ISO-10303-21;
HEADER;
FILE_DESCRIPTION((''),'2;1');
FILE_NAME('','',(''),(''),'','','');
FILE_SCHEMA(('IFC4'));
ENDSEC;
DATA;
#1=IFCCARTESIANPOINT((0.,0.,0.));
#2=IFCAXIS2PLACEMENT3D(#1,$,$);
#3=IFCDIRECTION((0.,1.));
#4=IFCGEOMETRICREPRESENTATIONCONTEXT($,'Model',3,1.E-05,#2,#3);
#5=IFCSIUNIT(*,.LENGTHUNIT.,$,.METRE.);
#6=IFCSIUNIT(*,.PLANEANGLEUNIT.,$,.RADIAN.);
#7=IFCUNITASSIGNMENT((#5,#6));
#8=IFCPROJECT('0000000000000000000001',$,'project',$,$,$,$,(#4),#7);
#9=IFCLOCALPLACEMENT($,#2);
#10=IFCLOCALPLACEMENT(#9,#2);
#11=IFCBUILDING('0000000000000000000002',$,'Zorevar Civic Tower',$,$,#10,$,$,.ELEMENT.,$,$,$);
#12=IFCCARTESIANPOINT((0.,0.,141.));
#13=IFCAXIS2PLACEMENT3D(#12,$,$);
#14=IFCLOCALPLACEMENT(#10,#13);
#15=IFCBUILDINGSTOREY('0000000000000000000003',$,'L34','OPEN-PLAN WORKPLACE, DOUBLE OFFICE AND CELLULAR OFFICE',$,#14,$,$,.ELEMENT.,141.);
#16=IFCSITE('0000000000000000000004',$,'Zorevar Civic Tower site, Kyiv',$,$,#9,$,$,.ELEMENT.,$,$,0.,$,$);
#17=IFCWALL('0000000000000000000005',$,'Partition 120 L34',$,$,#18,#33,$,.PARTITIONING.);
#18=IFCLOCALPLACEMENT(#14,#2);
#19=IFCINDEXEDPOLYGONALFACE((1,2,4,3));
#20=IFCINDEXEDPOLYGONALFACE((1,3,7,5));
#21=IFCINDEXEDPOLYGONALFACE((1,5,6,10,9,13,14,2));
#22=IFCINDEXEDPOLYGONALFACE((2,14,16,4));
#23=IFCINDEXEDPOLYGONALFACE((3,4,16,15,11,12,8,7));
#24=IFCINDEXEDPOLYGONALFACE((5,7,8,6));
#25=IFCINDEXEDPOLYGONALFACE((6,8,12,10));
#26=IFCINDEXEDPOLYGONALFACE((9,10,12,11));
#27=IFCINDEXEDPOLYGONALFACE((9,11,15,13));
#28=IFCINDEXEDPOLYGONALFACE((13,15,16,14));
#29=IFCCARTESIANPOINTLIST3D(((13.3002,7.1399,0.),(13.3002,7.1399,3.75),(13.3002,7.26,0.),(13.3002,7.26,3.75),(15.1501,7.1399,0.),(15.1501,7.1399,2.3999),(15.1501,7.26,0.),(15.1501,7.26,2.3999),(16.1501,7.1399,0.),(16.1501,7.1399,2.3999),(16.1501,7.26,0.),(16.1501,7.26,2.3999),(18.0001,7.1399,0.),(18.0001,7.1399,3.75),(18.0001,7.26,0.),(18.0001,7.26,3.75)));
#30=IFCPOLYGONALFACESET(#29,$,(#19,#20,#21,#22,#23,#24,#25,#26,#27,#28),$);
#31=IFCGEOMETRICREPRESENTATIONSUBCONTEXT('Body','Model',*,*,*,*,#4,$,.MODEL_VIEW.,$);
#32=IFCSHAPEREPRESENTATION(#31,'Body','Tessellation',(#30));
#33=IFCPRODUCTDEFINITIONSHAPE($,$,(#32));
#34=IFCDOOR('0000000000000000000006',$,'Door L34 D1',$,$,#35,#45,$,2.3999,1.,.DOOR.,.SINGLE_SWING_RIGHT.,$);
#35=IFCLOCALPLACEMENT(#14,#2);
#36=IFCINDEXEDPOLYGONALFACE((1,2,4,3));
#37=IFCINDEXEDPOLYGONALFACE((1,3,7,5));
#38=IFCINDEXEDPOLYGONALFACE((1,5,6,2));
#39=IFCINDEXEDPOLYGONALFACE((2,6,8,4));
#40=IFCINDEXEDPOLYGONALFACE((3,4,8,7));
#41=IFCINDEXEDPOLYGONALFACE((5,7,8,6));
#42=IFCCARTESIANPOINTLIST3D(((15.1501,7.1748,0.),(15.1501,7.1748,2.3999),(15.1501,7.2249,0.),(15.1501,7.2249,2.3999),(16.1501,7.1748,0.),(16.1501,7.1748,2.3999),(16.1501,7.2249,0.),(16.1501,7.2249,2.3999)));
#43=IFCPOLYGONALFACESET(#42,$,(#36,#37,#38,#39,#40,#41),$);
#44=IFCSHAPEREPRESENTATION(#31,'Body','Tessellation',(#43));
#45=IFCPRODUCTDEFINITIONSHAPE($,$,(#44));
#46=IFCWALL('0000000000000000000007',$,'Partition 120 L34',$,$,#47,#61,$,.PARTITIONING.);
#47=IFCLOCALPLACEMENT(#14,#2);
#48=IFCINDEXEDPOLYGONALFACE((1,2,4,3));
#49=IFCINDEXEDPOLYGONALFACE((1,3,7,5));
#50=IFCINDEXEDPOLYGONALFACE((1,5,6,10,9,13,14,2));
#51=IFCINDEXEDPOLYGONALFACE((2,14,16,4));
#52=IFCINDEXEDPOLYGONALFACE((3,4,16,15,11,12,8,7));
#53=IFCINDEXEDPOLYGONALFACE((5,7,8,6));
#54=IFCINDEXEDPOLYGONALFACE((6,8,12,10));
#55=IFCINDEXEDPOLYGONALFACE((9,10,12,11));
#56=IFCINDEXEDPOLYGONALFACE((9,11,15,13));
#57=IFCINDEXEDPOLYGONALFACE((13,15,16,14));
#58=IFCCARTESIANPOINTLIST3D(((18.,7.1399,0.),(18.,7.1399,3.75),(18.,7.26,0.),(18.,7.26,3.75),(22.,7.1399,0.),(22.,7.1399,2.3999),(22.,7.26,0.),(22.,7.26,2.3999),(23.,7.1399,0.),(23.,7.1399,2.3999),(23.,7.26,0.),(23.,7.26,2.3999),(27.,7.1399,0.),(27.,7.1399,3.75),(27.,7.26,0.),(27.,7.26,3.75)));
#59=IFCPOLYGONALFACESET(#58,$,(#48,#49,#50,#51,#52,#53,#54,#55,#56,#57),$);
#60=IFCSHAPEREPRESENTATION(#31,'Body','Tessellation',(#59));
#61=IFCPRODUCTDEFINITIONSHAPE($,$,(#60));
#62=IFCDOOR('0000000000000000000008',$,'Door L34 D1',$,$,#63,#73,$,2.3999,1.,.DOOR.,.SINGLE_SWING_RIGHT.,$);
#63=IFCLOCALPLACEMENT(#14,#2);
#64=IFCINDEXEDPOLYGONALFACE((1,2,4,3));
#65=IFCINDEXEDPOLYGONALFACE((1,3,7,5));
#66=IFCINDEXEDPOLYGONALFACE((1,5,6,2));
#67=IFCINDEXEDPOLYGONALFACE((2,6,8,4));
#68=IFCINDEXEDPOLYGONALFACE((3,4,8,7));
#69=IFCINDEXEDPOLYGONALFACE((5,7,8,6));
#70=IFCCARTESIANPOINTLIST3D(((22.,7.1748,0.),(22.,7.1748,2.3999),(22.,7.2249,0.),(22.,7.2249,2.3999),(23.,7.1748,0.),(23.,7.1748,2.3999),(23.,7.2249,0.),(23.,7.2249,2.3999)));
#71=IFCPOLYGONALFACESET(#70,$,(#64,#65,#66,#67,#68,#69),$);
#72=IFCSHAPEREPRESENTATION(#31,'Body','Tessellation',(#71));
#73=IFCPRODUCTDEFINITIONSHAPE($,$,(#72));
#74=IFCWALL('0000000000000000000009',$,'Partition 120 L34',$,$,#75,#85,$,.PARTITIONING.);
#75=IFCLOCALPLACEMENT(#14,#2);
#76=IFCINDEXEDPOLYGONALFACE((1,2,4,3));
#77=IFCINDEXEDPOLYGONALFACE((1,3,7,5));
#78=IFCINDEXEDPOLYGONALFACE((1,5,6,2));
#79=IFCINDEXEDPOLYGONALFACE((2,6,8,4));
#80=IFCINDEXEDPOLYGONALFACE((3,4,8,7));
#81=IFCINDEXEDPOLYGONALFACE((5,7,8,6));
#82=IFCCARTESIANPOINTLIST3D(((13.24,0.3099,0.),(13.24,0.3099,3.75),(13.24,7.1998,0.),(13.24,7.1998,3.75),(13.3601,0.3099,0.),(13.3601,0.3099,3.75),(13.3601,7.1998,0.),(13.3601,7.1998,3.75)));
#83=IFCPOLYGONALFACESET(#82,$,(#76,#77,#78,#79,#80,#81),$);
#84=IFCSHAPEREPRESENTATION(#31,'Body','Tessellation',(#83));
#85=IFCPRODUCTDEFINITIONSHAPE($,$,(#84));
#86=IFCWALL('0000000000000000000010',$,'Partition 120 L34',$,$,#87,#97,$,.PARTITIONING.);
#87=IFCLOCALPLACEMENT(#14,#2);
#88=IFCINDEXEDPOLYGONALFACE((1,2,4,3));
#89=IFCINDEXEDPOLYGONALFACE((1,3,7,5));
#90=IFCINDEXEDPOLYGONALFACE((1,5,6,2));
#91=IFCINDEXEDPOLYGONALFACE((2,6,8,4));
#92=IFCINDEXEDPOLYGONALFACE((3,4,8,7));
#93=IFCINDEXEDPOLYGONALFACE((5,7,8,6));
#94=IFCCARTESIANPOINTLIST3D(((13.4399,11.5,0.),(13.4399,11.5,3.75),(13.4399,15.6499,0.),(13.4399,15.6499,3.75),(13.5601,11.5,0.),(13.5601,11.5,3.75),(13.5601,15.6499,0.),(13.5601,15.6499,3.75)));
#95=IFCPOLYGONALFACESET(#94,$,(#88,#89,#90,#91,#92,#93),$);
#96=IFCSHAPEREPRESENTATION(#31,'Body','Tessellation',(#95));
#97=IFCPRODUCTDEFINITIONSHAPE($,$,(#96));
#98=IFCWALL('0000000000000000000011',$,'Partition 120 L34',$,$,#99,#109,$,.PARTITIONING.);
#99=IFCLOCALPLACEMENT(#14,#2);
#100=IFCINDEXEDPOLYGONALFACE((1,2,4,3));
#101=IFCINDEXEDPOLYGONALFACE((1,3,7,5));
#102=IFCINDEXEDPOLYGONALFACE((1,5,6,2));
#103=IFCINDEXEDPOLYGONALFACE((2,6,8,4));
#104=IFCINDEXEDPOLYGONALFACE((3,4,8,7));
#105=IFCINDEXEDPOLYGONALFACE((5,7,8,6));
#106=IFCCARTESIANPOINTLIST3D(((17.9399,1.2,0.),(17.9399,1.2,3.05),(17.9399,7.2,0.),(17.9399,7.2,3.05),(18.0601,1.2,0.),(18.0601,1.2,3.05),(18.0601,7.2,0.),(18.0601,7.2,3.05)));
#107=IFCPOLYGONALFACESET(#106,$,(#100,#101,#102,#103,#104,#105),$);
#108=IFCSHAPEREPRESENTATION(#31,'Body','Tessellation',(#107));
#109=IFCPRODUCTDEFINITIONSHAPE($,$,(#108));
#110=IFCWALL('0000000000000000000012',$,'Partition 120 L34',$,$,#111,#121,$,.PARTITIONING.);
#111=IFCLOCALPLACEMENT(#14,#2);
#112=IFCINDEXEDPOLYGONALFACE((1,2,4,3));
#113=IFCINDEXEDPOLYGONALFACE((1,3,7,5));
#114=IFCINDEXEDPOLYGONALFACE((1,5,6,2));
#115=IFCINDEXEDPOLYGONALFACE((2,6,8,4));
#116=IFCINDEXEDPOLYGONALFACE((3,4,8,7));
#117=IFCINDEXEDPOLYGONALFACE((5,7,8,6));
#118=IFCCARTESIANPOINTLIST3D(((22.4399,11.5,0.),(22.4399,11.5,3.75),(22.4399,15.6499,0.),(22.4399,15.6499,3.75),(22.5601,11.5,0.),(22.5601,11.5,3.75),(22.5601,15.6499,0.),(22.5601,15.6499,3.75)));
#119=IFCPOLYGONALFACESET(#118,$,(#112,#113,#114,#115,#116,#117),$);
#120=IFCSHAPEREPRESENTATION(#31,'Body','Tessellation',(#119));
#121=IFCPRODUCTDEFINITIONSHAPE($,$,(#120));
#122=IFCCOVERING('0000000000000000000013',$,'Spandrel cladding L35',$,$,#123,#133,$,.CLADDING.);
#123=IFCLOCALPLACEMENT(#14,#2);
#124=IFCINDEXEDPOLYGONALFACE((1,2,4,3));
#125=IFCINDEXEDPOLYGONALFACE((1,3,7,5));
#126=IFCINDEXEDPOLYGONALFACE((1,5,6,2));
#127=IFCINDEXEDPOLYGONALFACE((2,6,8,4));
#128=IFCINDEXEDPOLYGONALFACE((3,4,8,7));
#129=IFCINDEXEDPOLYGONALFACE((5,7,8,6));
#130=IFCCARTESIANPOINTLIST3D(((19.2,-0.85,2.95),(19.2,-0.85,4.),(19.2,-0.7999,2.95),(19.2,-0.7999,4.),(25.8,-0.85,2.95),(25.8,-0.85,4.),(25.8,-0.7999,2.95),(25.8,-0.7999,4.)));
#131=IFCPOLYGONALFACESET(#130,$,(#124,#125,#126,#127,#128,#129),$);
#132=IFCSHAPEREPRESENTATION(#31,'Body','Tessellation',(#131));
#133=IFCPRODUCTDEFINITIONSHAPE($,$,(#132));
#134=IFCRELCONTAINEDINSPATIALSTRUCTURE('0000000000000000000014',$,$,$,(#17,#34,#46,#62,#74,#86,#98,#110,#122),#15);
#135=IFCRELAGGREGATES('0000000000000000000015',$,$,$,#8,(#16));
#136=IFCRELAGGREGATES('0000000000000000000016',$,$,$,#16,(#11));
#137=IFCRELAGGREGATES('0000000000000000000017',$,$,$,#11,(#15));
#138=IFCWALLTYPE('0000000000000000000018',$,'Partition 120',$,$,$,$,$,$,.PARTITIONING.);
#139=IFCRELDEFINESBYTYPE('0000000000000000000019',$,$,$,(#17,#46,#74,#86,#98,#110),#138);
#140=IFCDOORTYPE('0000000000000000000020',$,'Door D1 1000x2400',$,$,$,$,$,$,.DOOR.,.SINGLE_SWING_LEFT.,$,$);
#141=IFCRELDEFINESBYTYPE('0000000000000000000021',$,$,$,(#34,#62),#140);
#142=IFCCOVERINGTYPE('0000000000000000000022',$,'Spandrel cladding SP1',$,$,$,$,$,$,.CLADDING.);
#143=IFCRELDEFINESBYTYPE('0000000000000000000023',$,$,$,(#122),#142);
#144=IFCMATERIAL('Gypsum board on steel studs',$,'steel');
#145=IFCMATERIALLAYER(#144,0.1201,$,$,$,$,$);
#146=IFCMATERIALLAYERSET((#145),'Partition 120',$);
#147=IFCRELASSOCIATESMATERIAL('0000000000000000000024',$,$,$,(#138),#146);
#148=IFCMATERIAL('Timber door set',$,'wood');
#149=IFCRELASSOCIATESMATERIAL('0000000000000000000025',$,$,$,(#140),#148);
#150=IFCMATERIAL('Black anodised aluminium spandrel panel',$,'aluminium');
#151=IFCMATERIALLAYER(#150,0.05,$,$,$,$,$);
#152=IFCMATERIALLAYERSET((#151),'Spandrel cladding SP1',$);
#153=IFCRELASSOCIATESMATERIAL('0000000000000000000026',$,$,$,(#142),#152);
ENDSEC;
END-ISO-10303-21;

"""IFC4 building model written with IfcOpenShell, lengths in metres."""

from ifc_helpers import new_model, si_unit, direction, frame, frame_2d, origin, place, context, subcontext, project, spatial, rectangle, extrude, material, layer, layer_set, type_object, element, fill, save


model = new_model("IFC4")

# Units and contexts
model_context = context("Model", 3, precision=1e-05, world=origin(), true_north=direction((0.0, 1.0)))
body_context = subcontext(model_context, "Body", "Model", "MODEL_VIEW")
ifc_project = project(units=[si_unit("LENGTHUNIT", "METRE"), si_unit("PLANEANGLEUNIT", "RADIAN")], contexts=[model_context])

# Site, building, storey
site_placement = place(None, origin())
site = spatial("IfcSite", under=ifc_project, at=site_placement, Name="Zorevar Civic Tower site, Kyiv", CompositionType="ELEMENT", RefElevation=0.0)
building_placement = place(site_placement, origin())
building = spatial("IfcBuilding", under=site, at=building_placement, Name="Zorevar Civic Tower", CompositionType="ELEMENT")
storey_placement = place(building_placement, frame((0.0, 0.0, 141.0)))
storey = spatial("IfcBuildingStorey", under=building, at=storey_placement, Name="L34", Description="OPEN-PLAN WORKPLACE, DOUBLE OFFICE AND CELLULAR OFFICE", CompositionType="ELEMENT", Elevation=141.0)

# Walls, openings, doors
ifc_material_1 = material(Name="Gypsum board on steel studs", Category="steel")
ifc_layer_1 = layer(ifc_material_1, 0.1201)
ifc_layer_set_1 = layer_set([ifc_layer_1], Name="Partition 120")
wall_type_1 = type_object("IfcWallType", Name="Partition 120", PredefinedType="PARTITIONING", material=ifc_layer_set_1)
wall_1_placement = place(storey_placement, frame((13.3, 7.2, 0.0), z_axis=(0.0, 0.0, 1.0), x_axis=(1.0, 0.0, 0.0)))
wall_1 = element("IfcWall", 1, at=wall_1_placement, inside=storey, type_object=wall_type_1, Name="Partition 120 L34", PredefinedType="PARTITIONING", context=body_context, shape_type="SweptSolid", body=[
    extrude(rectangle(XDim=4.7, YDim=0.1201, at=frame_2d((2.3501, 0.0))), origin(), (0.0, 0.0, 1.0), 3.75),
])
opening_1_placement = place(wall_1_placement, frame((1.8501, 0.0, 0.0)))
opening_1 = element("IfcOpeningElement", 2, at=opening_1_placement, cuts=wall_1, PredefinedType="OPENING", context=body_context, shape_type="SweptSolid", body=[
    extrude(rectangle(XDim=1.0, YDim=2.3999, at=frame_2d((0.5, 1.2))), frame((0.0, 0.0701, 0.0), z_axis=(0.0, -1.0, 0.0), x_axis=(1.0, 0.0, 0.0)), (0.0, 0.0, 1.0), 0.1401),
])
ifc_material_2 = material(Name="Timber door set", Category="wood")
door_type_1 = type_object("IfcDoorType", Name="Door D1 1000x2400", OperationType="SINGLE_SWING_LEFT", PredefinedType="DOOR", material=ifc_material_2)
door_1_placement = place(opening_1_placement, origin())
door_1 = element("IfcDoor", 3, at=door_1_placement, inside=storey, type_object=door_type_1, Name="Door L34 D1", OperationType="SINGLE_SWING_RIGHT", OverallHeight=2.3999, OverallWidth=1.0, PredefinedType="DOOR", context=body_context, shape_type="SweptSolid", body=[
    extrude(rectangle(XDim=1.0, YDim=2.3999, at=frame_2d((0.5, 1.2))), frame((0.0, 0.0249, 0.0), z_axis=(0.0, -1.0, 0.0), x_axis=(1.0, 0.0, 0.0)), (0.0, 0.0, 1.0), 0.05),
])
fill(opening_1, door_1)
wall_2_placement = place(storey_placement, frame((18.0, 7.2, 0.0), z_axis=(0.0, 0.0, 1.0), x_axis=(1.0, 0.0, 0.0)))
wall_2 = element("IfcWall", 4, at=wall_2_placement, inside=storey, type_object=wall_type_1, Name="Partition 120 L34", PredefinedType="PARTITIONING", context=body_context, shape_type="SweptSolid", body=[
    extrude(rectangle(XDim=9.0, YDim=0.1201, at=frame_2d((4.5, 0.0))), origin(), (0.0, 0.0, 1.0), 3.75),
])
opening_2_placement = place(wall_2_placement, frame((4.0, 0.0, 0.0)))
opening_2 = element("IfcOpeningElement", 5, at=opening_2_placement, cuts=wall_2, PredefinedType="OPENING", context=body_context, shape_type="SweptSolid", body=[
    extrude(rectangle(XDim=1.0, YDim=2.3999, at=frame_2d((0.5, 1.2))), frame((0.0, 0.0701, 0.0), z_axis=(0.0, -1.0, 0.0), x_axis=(1.0, 0.0, 0.0)), (0.0, 0.0, 1.0), 0.1401),
])
door_2_placement = place(opening_2_placement, origin())
door_2 = element("IfcDoor", 6, at=door_2_placement, inside=storey, type_object=door_type_1, Name="Door L34 D1", OperationType="SINGLE_SWING_RIGHT", OverallHeight=2.3999, OverallWidth=1.0, PredefinedType="DOOR", context=body_context, shape_type="SweptSolid", body=[
    extrude(rectangle(XDim=1.0, YDim=2.3999, at=frame_2d((0.5, 1.2))), frame((0.0, 0.0249, 0.0), z_axis=(0.0, -1.0, 0.0), x_axis=(1.0, 0.0, 0.0)), (0.0, 0.0, 1.0), 0.05),
])
fill(opening_2, door_2)

# Walls
wall_3_placement = place(storey_placement, frame((13.3, 0.3101, 0.0), z_axis=(0.0, 0.0, 1.0), x_axis=(0.0, 1.0, 0.0)))
element("IfcWall", 7, at=wall_3_placement, inside=storey, type_object=wall_type_1, Name="Partition 120 L34", PredefinedType="PARTITIONING", context=body_context, shape_type="SweptSolid", body=[
    extrude(rectangle(XDim=6.8899, YDim=0.1201, at=frame_2d((3.4448, 0.0))), origin(), (0.0, 0.0, 1.0), 3.75),
])
wall_4_placement = place(storey_placement, frame((13.5, 11.5, 0.0), z_axis=(0.0, 0.0, 1.0), x_axis=(0.0, 1.0, 0.0)))
element("IfcWall", 8, at=wall_4_placement, inside=storey, type_object=wall_type_1, Name="Partition 120 L34", PredefinedType="PARTITIONING", context=body_context, shape_type="SweptSolid", body=[
    extrude(rectangle(XDim=4.1499, YDim=0.1201, at=frame_2d((2.075, 0.0))), origin(), (0.0, 0.0, 1.0), 3.75),
])
wall_5_placement = place(storey_placement, frame((18.0, 1.2, 0.0), z_axis=(0.0, 0.0, 1.0), x_axis=(0.0, 1.0, 0.0)))
element("IfcWall", 9, at=wall_5_placement, inside=storey, type_object=wall_type_1, Name="Partition 120 L34", PredefinedType="PARTITIONING", context=body_context, shape_type="SweptSolid", body=[
    extrude(rectangle(XDim=6.0, YDim=0.1201, at=frame_2d((3.0, 0.0))), origin(), (0.0, 0.0, 1.0), 3.05),
])
wall_6_placement = place(storey_placement, frame((22.5, 11.5, 0.0), z_axis=(0.0, 0.0, 1.0), x_axis=(0.0, 1.0, 0.0)))
element("IfcWall", 10, at=wall_6_placement, inside=storey, type_object=wall_type_1, Name="Partition 120 L34", PredefinedType="PARTITIONING", context=body_context, shape_type="SweptSolid", body=[
    extrude(rectangle(XDim=4.1499, YDim=0.1201, at=frame_2d((2.075, 0.0))), origin(), (0.0, 0.0, 1.0), 3.75),
])

# Covering
ifc_material_3 = material(Name="Black anodised aluminium spandrel panel", Category="aluminium")
ifc_layer_2 = layer(ifc_material_3, 0.05)
ifc_layer_set_2 = layer_set([ifc_layer_2], Name="Spandrel cladding SP1")
covering_type = type_object("IfcCoveringType", Name="Spandrel cladding SP1", PredefinedType="CLADDING", material=ifc_layer_set_2)
covering_placement = place(storey_placement, frame((19.2, -0.825, 2.95), z_axis=(0.0, 0.0, 1.0), x_axis=(1.0, 0.0, 0.0)))
element("IfcCovering", 11, at=covering_placement, inside=storey, type_object=covering_type, Name="Spandrel cladding L35", PredefinedType="CLADDING", context=body_context, shape_type="SweptSolid", body=[
    extrude(rectangle(XDim=6.6001, YDim=0.05, at=frame_2d((3.3, 0.0))), origin(), (0.0, 0.0, 1.0), 1.05),
])

save(model, "model.ifc")
